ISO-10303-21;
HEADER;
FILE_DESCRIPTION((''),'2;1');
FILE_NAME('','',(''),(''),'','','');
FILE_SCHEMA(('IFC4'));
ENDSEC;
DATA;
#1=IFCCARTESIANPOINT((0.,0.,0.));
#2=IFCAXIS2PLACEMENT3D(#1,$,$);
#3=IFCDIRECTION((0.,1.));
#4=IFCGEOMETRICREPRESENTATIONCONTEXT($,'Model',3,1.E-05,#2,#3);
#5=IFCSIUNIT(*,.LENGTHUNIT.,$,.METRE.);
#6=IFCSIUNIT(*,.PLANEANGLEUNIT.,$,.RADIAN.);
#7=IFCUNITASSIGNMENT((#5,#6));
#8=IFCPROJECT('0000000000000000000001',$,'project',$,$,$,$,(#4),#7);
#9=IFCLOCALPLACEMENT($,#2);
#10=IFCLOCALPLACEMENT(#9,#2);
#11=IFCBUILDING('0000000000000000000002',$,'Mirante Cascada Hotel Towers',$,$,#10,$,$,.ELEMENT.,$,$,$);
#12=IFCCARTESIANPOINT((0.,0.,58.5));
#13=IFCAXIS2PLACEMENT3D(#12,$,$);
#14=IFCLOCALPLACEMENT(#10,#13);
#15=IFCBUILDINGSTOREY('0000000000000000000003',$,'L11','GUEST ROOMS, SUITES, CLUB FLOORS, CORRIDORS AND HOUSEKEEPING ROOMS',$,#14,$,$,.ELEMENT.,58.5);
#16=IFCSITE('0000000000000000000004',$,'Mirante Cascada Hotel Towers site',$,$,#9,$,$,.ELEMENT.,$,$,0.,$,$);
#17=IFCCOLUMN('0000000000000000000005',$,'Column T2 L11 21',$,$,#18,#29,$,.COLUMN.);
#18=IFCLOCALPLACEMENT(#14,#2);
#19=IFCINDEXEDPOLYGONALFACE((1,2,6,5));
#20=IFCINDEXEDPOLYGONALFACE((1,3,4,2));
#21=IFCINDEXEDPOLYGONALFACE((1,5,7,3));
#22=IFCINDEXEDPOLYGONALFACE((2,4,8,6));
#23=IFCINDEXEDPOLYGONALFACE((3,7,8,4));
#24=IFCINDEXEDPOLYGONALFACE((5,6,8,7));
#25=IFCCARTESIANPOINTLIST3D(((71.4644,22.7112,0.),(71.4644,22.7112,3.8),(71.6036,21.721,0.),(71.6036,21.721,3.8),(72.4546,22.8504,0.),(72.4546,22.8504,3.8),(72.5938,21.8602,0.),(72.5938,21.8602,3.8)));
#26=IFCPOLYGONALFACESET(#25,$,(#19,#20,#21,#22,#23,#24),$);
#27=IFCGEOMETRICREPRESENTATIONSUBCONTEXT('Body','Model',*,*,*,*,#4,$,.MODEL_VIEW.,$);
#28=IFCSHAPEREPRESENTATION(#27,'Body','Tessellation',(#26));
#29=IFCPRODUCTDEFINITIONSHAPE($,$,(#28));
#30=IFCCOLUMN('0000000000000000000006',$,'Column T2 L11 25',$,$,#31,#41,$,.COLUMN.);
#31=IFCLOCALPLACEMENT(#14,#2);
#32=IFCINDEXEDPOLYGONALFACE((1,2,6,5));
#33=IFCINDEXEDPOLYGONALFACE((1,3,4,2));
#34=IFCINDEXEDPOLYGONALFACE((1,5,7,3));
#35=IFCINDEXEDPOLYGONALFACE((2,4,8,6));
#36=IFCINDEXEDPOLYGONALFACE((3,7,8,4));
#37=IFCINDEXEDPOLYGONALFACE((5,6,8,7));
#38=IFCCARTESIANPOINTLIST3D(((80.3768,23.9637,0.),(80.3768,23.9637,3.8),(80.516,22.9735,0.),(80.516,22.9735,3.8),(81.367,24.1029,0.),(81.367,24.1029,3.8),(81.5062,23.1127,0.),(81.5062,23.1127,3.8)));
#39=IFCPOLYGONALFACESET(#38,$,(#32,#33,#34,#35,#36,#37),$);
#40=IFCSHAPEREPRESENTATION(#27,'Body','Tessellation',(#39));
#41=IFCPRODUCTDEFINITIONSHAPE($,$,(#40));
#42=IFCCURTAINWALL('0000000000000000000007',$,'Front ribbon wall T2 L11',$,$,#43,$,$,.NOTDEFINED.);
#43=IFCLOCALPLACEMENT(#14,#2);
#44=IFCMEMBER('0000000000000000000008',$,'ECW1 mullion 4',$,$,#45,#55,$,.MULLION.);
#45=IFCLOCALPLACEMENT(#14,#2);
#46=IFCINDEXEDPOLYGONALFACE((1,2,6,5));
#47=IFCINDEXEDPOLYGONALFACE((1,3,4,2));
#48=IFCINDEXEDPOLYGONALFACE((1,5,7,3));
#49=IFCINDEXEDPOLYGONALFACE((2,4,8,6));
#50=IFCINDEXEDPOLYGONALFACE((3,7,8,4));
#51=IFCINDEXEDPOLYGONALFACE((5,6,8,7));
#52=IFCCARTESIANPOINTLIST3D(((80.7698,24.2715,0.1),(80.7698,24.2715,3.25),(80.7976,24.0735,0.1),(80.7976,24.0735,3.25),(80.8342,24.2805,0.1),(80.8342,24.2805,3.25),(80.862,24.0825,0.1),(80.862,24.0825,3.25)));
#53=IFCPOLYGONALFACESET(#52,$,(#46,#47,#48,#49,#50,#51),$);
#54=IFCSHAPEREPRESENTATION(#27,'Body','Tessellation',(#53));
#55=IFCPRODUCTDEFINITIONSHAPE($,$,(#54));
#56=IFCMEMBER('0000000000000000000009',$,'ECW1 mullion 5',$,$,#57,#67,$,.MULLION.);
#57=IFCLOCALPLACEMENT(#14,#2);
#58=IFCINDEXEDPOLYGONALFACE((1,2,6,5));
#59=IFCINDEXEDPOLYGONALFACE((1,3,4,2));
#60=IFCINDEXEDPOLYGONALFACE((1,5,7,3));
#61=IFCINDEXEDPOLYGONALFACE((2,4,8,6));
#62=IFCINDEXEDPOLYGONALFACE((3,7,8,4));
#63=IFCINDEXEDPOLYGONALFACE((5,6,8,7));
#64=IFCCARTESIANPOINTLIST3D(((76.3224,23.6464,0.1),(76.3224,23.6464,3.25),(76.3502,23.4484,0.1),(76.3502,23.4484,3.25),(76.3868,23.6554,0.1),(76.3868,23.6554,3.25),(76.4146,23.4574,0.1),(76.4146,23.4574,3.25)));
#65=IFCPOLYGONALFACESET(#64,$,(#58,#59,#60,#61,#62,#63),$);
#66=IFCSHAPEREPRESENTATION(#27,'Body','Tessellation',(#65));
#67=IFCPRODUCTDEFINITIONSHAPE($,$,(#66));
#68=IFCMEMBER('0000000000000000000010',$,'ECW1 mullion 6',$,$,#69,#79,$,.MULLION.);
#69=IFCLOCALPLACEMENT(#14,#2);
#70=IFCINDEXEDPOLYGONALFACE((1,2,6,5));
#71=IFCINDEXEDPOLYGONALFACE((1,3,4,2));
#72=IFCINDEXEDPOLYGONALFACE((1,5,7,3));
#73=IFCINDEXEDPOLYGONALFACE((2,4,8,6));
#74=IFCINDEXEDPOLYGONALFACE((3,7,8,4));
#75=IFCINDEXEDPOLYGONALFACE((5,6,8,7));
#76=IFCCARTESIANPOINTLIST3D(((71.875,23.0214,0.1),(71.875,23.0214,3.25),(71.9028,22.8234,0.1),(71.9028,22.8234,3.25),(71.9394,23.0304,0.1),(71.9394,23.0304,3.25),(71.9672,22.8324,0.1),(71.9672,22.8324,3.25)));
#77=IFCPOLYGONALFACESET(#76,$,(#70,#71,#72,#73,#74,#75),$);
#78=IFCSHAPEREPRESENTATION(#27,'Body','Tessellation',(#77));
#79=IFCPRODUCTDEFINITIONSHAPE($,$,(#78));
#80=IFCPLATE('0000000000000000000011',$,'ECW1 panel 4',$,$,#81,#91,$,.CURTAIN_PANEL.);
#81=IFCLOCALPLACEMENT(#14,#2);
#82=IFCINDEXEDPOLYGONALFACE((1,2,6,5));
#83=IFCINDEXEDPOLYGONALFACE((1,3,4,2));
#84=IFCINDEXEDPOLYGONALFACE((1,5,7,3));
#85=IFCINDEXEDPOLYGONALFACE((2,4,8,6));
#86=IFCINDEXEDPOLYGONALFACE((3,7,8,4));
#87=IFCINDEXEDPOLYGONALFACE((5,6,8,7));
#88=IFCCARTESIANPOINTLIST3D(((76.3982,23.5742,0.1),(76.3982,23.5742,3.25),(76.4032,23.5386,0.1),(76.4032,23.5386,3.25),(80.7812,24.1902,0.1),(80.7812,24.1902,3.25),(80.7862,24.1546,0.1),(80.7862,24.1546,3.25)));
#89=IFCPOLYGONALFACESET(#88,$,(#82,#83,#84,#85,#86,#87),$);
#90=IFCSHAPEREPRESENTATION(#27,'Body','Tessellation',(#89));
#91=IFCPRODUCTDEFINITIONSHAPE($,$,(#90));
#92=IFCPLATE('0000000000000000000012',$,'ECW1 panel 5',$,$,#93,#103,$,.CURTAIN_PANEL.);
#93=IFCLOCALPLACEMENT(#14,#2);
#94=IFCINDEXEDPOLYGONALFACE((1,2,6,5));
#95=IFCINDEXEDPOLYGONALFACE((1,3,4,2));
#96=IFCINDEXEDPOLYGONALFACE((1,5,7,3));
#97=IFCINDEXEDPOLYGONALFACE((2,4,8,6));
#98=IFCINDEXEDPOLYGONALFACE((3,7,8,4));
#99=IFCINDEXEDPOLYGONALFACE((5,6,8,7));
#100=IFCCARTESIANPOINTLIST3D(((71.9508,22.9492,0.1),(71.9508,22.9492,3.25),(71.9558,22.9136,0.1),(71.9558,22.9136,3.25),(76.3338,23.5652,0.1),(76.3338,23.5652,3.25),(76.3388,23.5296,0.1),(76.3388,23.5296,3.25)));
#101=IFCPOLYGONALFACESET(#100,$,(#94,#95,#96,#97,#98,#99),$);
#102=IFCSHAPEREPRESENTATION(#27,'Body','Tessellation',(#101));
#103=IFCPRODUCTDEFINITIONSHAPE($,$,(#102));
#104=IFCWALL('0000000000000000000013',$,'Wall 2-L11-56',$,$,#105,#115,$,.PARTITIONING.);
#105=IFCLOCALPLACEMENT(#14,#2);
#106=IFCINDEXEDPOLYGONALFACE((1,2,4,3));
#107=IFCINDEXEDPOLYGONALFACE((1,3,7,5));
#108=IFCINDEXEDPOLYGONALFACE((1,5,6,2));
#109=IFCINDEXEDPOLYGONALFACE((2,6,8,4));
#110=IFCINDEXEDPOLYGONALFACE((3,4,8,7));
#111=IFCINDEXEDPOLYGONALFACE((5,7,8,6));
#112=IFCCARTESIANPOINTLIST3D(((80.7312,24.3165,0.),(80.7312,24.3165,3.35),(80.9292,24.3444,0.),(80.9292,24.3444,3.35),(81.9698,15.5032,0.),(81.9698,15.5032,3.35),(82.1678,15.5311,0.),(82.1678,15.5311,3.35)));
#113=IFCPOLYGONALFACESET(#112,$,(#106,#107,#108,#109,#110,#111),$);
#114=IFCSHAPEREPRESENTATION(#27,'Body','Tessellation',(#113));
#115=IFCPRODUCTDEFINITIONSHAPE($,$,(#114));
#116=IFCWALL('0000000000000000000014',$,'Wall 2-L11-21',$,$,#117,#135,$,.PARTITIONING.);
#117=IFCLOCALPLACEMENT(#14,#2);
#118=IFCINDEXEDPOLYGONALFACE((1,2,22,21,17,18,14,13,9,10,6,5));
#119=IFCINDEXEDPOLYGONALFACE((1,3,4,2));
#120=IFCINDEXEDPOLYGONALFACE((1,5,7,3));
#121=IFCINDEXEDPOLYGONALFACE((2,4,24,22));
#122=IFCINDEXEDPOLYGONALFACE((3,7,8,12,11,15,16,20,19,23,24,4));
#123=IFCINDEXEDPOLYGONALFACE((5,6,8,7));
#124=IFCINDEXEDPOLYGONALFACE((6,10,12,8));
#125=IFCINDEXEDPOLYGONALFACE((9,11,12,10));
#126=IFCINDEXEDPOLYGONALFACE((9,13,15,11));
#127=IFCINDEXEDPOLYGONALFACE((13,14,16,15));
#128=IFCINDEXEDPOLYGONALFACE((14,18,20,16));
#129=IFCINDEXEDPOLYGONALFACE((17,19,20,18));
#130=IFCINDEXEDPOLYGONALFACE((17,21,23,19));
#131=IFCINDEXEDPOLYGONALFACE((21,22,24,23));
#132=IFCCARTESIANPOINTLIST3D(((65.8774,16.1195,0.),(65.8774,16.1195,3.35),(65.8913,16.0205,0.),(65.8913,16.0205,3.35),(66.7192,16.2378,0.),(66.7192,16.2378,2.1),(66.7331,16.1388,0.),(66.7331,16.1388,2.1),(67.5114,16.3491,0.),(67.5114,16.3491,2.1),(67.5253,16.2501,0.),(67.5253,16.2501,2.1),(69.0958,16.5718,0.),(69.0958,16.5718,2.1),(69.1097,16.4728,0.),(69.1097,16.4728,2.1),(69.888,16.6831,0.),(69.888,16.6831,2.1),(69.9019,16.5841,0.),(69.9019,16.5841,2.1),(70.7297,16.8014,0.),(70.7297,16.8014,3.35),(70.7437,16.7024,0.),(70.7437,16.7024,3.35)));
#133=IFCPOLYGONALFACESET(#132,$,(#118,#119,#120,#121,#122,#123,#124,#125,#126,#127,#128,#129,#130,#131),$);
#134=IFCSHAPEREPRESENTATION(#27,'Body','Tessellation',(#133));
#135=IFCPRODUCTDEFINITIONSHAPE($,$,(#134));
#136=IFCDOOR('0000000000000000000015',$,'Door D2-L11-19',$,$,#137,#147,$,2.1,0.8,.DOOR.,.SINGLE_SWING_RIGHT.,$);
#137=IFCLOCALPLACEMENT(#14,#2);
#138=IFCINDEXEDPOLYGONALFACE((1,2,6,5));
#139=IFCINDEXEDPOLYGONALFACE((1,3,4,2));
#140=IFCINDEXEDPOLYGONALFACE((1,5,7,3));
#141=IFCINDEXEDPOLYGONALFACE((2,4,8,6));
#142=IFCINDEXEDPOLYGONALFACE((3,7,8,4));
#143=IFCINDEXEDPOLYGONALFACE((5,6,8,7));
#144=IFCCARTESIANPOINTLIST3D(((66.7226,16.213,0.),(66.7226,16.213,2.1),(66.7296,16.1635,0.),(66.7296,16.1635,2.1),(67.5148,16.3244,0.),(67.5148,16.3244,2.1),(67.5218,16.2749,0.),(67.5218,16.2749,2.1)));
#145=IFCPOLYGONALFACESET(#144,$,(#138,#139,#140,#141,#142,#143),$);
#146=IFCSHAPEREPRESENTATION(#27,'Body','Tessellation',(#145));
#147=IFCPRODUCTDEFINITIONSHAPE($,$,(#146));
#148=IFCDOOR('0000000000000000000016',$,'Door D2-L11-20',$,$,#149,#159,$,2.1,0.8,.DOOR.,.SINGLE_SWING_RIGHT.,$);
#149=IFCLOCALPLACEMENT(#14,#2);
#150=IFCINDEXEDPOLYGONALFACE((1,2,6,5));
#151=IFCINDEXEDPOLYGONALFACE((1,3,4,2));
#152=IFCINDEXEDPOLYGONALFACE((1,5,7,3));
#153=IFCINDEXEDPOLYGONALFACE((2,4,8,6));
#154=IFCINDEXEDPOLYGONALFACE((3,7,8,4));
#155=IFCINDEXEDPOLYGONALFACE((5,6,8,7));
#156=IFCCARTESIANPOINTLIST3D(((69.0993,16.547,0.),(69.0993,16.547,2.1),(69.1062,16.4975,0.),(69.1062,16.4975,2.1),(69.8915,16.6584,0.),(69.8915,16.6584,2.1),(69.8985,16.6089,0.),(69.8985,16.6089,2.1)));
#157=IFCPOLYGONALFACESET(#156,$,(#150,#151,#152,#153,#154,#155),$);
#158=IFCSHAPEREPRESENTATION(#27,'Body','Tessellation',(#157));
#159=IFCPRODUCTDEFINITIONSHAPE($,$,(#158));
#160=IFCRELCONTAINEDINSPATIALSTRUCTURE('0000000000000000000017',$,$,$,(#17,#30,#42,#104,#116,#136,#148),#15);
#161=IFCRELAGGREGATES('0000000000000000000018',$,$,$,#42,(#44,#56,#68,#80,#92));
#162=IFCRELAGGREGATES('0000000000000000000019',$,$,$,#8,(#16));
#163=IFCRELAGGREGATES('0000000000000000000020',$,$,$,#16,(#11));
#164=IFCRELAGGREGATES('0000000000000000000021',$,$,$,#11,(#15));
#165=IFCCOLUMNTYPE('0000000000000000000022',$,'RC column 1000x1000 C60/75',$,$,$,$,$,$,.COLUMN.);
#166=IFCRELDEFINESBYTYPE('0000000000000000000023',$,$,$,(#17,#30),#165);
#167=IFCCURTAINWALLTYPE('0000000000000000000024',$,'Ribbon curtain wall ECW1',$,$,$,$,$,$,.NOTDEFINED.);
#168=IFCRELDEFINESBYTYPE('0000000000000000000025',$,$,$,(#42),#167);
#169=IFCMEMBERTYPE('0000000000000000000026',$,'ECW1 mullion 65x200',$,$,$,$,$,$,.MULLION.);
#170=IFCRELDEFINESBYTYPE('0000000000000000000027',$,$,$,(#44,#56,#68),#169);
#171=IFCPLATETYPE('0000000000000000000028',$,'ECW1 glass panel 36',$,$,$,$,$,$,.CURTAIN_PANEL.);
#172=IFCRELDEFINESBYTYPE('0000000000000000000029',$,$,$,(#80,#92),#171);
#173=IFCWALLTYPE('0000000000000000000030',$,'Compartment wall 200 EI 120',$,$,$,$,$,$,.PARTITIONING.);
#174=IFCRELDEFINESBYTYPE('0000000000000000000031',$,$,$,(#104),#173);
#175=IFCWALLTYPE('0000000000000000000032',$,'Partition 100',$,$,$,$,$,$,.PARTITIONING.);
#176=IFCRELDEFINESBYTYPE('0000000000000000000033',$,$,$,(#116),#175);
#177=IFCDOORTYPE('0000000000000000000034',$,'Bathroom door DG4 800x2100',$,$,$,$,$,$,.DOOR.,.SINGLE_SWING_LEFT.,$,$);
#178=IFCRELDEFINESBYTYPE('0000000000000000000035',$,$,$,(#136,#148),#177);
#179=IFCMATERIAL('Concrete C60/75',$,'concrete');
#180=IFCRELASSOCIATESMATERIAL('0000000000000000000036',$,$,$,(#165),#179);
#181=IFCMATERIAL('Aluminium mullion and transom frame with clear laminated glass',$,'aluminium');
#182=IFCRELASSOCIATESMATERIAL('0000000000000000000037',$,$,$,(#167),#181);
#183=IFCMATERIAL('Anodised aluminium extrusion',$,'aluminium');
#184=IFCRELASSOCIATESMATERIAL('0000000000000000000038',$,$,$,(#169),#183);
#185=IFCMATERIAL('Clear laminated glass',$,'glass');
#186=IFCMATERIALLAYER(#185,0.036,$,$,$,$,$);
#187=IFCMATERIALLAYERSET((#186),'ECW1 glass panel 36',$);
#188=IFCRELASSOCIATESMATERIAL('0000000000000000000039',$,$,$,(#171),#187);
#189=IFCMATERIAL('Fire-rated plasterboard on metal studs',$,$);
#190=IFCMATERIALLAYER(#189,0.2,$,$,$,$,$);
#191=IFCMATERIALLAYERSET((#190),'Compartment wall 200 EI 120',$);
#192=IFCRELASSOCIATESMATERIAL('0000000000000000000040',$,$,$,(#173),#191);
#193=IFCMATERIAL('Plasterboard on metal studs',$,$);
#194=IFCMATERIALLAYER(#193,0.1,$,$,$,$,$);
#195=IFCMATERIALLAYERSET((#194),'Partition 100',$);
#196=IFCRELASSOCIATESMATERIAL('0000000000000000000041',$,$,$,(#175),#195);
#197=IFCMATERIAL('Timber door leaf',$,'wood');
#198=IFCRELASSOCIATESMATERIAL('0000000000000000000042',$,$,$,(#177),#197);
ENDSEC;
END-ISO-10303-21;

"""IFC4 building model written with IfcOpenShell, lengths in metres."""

from ifc_helpers import new_model, si_unit, direction, frame, frame_2d, origin, origin_2d, place, context, subcontext, project, spatial, rectangle, extrude, material, layer, layer_set, material_profile, profile_set, type_object, element, fill, aggregate, save


model = new_model("IFC4")

# Units and contexts
model_context = context("Model", 3, precision=1e-05, world=origin(), true_north=direction((0.0, 1.0)))
body_context = subcontext(model_context, "Body", "Model", "MODEL_VIEW")
ifc_project = project(units=[si_unit("LENGTHUNIT", "METRE"), si_unit("PLANEANGLEUNIT", "RADIAN")], contexts=[model_context])

# Site, building, storey
site_placement = place(None, origin())
site = spatial("IfcSite", under=ifc_project, at=site_placement, Name="Mirante Cascada Hotel Towers site", CompositionType="ELEMENT", RefElevation=0.0)
building_placement = place(site_placement, origin())
building = spatial("IfcBuilding", under=site, at=building_placement, Name="Mirante Cascada Hotel Towers", CompositionType="ELEMENT")
storey_placement = place(building_placement, frame((0.0, 0.0, 58.5)))
storey = spatial("IfcBuildingStorey", under=building, at=storey_placement, Name="L11", Description="GUEST ROOMS, SUITES, CLUB FLOORS, CORRIDORS AND HOUSEKEEPING ROOMS", CompositionType="ELEMENT", Elevation=58.5)

# Columns
ifc_material_1 = material(Name="Concrete C60/75", Category="concrete")
ifc_material_profile_1 = material_profile(ifc_material_1, rectangle(XDim=1.0, YDim=1.0, at=origin_2d()), Name="RC column 1000x1000 C60/75")
ifc_profile_set_1 = profile_set([ifc_material_profile_1], Name="Concrete C60/75")
column_type = type_object("IfcColumnType", Name="RC column 1000x1000 C60/75", PredefinedType="COLUMN", material=ifc_profile_set_1)
for number, where, z_axis, x_axis, name in (
    (1, (72.0291, 22.2857, 0.0), (0.0, 0.0, 1.0), (0.990268, 0.139173, 0.0), "Column T2 L11 21"),
    (2, (80.9415, 23.5382, 0.0), (0.0, 0.0, 1.0), (0.990268, 0.139173, 0.0), "Column T2 L11 25"),
):
    element("IfcColumn", number, at=place(storey_placement, frame(where, z_axis=z_axis, x_axis=x_axis)), inside=storey, type_object=column_type, Name=name, PredefinedType="COLUMN", context=body_context, shape_type="SweptSolid", body=[
        extrude(rectangle(XDim=1.0, YDim=1.0, at=origin_2d()), origin(), (0.0, 0.0, 1.0), 3.8),
    ])

# Curtain wall, members, plates
ifc_material_2 = material(Name="Aluminium mullion and transom frame with clear laminated glass", Category="aluminium")
curtain_wall_type = type_object("IfcCurtainWallType", Name="Ribbon curtain wall ECW1", PredefinedType="NOTDEFINED", material=ifc_material_2)
curtain_wall_placement = place(storey_placement, origin())
curtain_wall = element("IfcCurtainWall", 3, at=curtain_wall_placement, inside=storey, type_object=curtain_wall_type, Name="Front ribbon wall T2 L11", PredefinedType="NOTDEFINED")
ifc_material_3 = material(Name="Anodised aluminium extrusion", Category="aluminium")
ifc_material_profile_2 = material_profile(ifc_material_3, rectangle(XDim=0.2, YDim=0.065, at=origin_2d()), Name="ECW1 MULLION 65x200")
ifc_profile_set_2 = profile_set([ifc_material_profile_2], Name="Anodised aluminium extrusion")
member_type = type_object("IfcMemberType", Name="ECW1 mullion 65x200", PredefinedType="MULLION", material=ifc_profile_set_2)
member_1_placement = place(storey_placement, frame((80.8159, 24.177, 0.1), z_axis=(0.0, 0.0, 1.0), x_axis=(0.139173, -0.990268, 0.0)))
member_1 = element("IfcMember", 4, at=member_1_placement, type_object=member_type, Name="ECW1 mullion 4", PredefinedType="MULLION", context=body_context, shape_type="SweptSolid", body=[
    extrude(rectangle(XDim=0.2, YDim=0.065, at=origin_2d()), origin(), (0.0, 0.0, 1.0), 3.15),
])
member_2_placement = place(storey_placement, frame((76.3685, 23.5519, 0.1), z_axis=(0.0, 0.0, 1.0), x_axis=(0.139173, -0.990268, 0.0)))
member_2 = element("IfcMember", 5, at=member_2_placement, type_object=member_type, Name="ECW1 mullion 5", PredefinedType="MULLION", context=body_context, shape_type="SweptSolid", body=[
    extrude(rectangle(XDim=0.2, YDim=0.065, at=origin_2d()), origin(), (0.0, 0.0, 1.0), 3.15),
])
member_3_placement = place(storey_placement, frame((71.9211, 22.9269, 0.1), z_axis=(0.0, 0.0, 1.0), x_axis=(0.139173, -0.990268, 0.0)))
member_3 = element("IfcMember", 6, at=member_3_placement, type_object=member_type, Name="ECW1 mullion 6", PredefinedType="MULLION", context=body_context, shape_type="SweptSolid", body=[
    extrude(rectangle(XDim=0.2, YDim=0.065, at=origin_2d()), origin(), (0.0, 0.0, 1.0), 3.15),
])
ifc_material_4 = material(Name="Clear laminated glass", Category="glass")
ifc_layer_1 = layer(ifc_material_4, 0.036)
ifc_layer_set_1 = layer_set([ifc_layer_1], Name="ECW1 glass panel 36")
plate_type = type_object("IfcPlateType", Name="ECW1 glass panel 36", PredefinedType="CURTAIN_PANEL", material=ifc_layer_set_1)
plate_1_placement = place(storey_placement, frame((78.5922, 23.8644, 0.1), z_axis=(0.0, 0.0, 1.0), x_axis=(-0.990268, -0.139173, 0.0)))
plate_1 = element("IfcPlate", 7, at=plate_1_placement, type_object=plate_type, Name="ECW1 panel 4", PredefinedType="CURTAIN_PANEL", context=body_context, shape_type="SweptSolid", body=[
    extrude(rectangle(XDim=4.4261, YDim=0.036, at=origin_2d()), origin(), (0.0, 0.0, 1.0), 3.15),
])
plate_2_placement = place(storey_placement, frame((74.1448, 23.2394, 0.1), z_axis=(0.0, 0.0, 1.0), x_axis=(-0.990268, -0.139173, 0.0)))
plate_2 = element("IfcPlate", 8, at=plate_2_placement, type_object=plate_type, Name="ECW1 panel 5", PredefinedType="CURTAIN_PANEL", context=body_context, shape_type="SweptSolid", body=[
    extrude(rectangle(XDim=4.4261, YDim=0.036, at=origin_2d()), origin(), (0.0, 0.0, 1.0), 3.15),
])
aggregate(curtain_wall, [member_1, member_2, member_3, plate_1, plate_2])

# Wall
ifc_material_5 = material(Name="Fire-rated plasterboard on metal studs")
ifc_layer_2 = layer(ifc_material_5, 0.2)
ifc_layer_set_2 = layer_set([ifc_layer_2], Name="Compartment wall 200 EI 120")
wall_type_1 = type_object("IfcWallType", Name="Compartment wall 200 EI 120", PredefinedType="PARTITIONING", material=ifc_layer_set_2)
wall_1_placement = place(storey_placement, frame((82.0688, 15.5171, 0.0), z_axis=(0.0, 0.0, 1.0), x_axis=(-0.13917, 0.990268, 0.0)))
element("IfcWall", 9, at=wall_1_placement, inside=storey, type_object=wall_type_1, Name="Wall 2-L11-56", PredefinedType="PARTITIONING", context=body_context, shape_type="SweptSolid", body=[
    extrude(rectangle(XDim=8.8999, YDim=0.2, at=frame_2d((4.45, 0.0))), origin(), (0.0, 0.0, 1.0), 3.35),
])

# Wall, openings, doors
ifc_material_6 = material(Name="Plasterboard on metal studs")
ifc_layer_3 = layer(ifc_material_6, 0.1)
ifc_layer_set_3 = layer_set([ifc_layer_3], Name="Partition 100")
wall_type_2 = type_object("IfcWallType", Name="Partition 100", PredefinedType="PARTITIONING", material=ifc_layer_set_3)
wall_2_placement = place(storey_placement, frame((70.7367, 16.7519, 0.0), z_axis=(0.0, 0.0, 1.0), x_axis=(-0.990269, -0.139164, 0.0)))
wall_2 = element("IfcWall", 10, at=wall_2_placement, inside=storey, type_object=wall_type_2, Name="Wall 2-L11-21", PredefinedType="PARTITIONING", context=body_context, shape_type="SweptSolid", body=[
    extrude(rectangle(XDim=4.9, YDim=0.1, at=frame_2d((2.45, 0.0))), origin(), (0.0, 0.0, 1.0), 3.35),
])
opening_1_placement = place(wall_2_placement, frame((3.25, 0.0, 0.0)))
opening_1 = element("IfcOpeningElement", 11, at=opening_1_placement, cuts=wall_2, PredefinedType="OPENING", context=body_context, shape_type="SweptSolid", body=[
    extrude(rectangle(XDim=0.8, YDim=2.1, at=frame_2d((0.4, 1.05))), frame((0.0, 0.05, 0.0), z_axis=(0.0, -1.0, 0.0), x_axis=(1.0, 0.0, 0.0)), (0.0, 0.0, 1.0), 0.1),
])
opening_2_placement = place(wall_2_placement, frame((0.85, 0.0, 0.0)))
opening_2 = element("IfcOpeningElement", 12, at=opening_2_placement, cuts=wall_2, PredefinedType="OPENING", context=body_context, shape_type="SweptSolid", body=[
    extrude(rectangle(XDim=0.8, YDim=2.1, at=frame_2d((0.4, 1.05))), frame((0.0, 0.05, 0.0), z_axis=(0.0, -1.0, 0.0), x_axis=(1.0, 0.0, 0.0)), (0.0, 0.0, 1.0), 0.1),
])
ifc_material_7 = material(Name="Timber door leaf", Category="wood")
door_type_1 = type_object("IfcDoorType", Name="Bathroom door DG4 800x2100", OperationType="SINGLE_SWING_LEFT", PredefinedType="DOOR", material=ifc_material_7)
door_1_placement = place(opening_1_placement, frame((0.8, 0.0, 0.0), z_axis=(0.0, 0.0, 1.0), x_axis=(-1.0, 0.0, 0.0)))
door_1 = element("IfcDoor", 13, at=door_1_placement, inside=storey, type_object=door_type_1, Name="Door D2-L11-19", OperationType="SINGLE_SWING_RIGHT", OverallHeight=2.1, OverallWidth=0.8, PredefinedType="DOOR", context=body_context, shape_type="SweptSolid", body=[
    extrude(rectangle(XDim=0.8, YDim=2.1, at=frame_2d((0.4, 1.05))), frame((0.0, 0.025, 0.0), z_axis=(0.0, -1.0, 0.0), x_axis=(1.0, 0.0, 0.0)), (0.0, 0.0, 1.0), 0.05),
])
fill(opening_1, door_1)
door_2_placement = place(opening_2_placement, frame((0.8, 0.0, 0.0), z_axis=(0.0, 0.0, 1.0), x_axis=(-1.0, 0.0, 0.0)))
door_2 = element("IfcDoor", 14, at=door_2_placement, inside=storey, type_object=door_type_1, Name="Door D2-L11-20", OperationType="SINGLE_SWING_RIGHT", OverallHeight=2.1, OverallWidth=0.8, PredefinedType="DOOR", context=body_context, shape_type="SweptSolid", body=[
    extrude(rectangle(XDim=0.8, YDim=2.1, at=frame_2d((0.4, 1.05))), frame((0.0, 0.025, 0.0), z_axis=(0.0, -1.0, 0.0), x_axis=(1.0, 0.0, 0.0)), (0.0, 0.0, 1.0), 0.05),
])
fill(opening_2, door_2)

save(model, "model.ifc")
